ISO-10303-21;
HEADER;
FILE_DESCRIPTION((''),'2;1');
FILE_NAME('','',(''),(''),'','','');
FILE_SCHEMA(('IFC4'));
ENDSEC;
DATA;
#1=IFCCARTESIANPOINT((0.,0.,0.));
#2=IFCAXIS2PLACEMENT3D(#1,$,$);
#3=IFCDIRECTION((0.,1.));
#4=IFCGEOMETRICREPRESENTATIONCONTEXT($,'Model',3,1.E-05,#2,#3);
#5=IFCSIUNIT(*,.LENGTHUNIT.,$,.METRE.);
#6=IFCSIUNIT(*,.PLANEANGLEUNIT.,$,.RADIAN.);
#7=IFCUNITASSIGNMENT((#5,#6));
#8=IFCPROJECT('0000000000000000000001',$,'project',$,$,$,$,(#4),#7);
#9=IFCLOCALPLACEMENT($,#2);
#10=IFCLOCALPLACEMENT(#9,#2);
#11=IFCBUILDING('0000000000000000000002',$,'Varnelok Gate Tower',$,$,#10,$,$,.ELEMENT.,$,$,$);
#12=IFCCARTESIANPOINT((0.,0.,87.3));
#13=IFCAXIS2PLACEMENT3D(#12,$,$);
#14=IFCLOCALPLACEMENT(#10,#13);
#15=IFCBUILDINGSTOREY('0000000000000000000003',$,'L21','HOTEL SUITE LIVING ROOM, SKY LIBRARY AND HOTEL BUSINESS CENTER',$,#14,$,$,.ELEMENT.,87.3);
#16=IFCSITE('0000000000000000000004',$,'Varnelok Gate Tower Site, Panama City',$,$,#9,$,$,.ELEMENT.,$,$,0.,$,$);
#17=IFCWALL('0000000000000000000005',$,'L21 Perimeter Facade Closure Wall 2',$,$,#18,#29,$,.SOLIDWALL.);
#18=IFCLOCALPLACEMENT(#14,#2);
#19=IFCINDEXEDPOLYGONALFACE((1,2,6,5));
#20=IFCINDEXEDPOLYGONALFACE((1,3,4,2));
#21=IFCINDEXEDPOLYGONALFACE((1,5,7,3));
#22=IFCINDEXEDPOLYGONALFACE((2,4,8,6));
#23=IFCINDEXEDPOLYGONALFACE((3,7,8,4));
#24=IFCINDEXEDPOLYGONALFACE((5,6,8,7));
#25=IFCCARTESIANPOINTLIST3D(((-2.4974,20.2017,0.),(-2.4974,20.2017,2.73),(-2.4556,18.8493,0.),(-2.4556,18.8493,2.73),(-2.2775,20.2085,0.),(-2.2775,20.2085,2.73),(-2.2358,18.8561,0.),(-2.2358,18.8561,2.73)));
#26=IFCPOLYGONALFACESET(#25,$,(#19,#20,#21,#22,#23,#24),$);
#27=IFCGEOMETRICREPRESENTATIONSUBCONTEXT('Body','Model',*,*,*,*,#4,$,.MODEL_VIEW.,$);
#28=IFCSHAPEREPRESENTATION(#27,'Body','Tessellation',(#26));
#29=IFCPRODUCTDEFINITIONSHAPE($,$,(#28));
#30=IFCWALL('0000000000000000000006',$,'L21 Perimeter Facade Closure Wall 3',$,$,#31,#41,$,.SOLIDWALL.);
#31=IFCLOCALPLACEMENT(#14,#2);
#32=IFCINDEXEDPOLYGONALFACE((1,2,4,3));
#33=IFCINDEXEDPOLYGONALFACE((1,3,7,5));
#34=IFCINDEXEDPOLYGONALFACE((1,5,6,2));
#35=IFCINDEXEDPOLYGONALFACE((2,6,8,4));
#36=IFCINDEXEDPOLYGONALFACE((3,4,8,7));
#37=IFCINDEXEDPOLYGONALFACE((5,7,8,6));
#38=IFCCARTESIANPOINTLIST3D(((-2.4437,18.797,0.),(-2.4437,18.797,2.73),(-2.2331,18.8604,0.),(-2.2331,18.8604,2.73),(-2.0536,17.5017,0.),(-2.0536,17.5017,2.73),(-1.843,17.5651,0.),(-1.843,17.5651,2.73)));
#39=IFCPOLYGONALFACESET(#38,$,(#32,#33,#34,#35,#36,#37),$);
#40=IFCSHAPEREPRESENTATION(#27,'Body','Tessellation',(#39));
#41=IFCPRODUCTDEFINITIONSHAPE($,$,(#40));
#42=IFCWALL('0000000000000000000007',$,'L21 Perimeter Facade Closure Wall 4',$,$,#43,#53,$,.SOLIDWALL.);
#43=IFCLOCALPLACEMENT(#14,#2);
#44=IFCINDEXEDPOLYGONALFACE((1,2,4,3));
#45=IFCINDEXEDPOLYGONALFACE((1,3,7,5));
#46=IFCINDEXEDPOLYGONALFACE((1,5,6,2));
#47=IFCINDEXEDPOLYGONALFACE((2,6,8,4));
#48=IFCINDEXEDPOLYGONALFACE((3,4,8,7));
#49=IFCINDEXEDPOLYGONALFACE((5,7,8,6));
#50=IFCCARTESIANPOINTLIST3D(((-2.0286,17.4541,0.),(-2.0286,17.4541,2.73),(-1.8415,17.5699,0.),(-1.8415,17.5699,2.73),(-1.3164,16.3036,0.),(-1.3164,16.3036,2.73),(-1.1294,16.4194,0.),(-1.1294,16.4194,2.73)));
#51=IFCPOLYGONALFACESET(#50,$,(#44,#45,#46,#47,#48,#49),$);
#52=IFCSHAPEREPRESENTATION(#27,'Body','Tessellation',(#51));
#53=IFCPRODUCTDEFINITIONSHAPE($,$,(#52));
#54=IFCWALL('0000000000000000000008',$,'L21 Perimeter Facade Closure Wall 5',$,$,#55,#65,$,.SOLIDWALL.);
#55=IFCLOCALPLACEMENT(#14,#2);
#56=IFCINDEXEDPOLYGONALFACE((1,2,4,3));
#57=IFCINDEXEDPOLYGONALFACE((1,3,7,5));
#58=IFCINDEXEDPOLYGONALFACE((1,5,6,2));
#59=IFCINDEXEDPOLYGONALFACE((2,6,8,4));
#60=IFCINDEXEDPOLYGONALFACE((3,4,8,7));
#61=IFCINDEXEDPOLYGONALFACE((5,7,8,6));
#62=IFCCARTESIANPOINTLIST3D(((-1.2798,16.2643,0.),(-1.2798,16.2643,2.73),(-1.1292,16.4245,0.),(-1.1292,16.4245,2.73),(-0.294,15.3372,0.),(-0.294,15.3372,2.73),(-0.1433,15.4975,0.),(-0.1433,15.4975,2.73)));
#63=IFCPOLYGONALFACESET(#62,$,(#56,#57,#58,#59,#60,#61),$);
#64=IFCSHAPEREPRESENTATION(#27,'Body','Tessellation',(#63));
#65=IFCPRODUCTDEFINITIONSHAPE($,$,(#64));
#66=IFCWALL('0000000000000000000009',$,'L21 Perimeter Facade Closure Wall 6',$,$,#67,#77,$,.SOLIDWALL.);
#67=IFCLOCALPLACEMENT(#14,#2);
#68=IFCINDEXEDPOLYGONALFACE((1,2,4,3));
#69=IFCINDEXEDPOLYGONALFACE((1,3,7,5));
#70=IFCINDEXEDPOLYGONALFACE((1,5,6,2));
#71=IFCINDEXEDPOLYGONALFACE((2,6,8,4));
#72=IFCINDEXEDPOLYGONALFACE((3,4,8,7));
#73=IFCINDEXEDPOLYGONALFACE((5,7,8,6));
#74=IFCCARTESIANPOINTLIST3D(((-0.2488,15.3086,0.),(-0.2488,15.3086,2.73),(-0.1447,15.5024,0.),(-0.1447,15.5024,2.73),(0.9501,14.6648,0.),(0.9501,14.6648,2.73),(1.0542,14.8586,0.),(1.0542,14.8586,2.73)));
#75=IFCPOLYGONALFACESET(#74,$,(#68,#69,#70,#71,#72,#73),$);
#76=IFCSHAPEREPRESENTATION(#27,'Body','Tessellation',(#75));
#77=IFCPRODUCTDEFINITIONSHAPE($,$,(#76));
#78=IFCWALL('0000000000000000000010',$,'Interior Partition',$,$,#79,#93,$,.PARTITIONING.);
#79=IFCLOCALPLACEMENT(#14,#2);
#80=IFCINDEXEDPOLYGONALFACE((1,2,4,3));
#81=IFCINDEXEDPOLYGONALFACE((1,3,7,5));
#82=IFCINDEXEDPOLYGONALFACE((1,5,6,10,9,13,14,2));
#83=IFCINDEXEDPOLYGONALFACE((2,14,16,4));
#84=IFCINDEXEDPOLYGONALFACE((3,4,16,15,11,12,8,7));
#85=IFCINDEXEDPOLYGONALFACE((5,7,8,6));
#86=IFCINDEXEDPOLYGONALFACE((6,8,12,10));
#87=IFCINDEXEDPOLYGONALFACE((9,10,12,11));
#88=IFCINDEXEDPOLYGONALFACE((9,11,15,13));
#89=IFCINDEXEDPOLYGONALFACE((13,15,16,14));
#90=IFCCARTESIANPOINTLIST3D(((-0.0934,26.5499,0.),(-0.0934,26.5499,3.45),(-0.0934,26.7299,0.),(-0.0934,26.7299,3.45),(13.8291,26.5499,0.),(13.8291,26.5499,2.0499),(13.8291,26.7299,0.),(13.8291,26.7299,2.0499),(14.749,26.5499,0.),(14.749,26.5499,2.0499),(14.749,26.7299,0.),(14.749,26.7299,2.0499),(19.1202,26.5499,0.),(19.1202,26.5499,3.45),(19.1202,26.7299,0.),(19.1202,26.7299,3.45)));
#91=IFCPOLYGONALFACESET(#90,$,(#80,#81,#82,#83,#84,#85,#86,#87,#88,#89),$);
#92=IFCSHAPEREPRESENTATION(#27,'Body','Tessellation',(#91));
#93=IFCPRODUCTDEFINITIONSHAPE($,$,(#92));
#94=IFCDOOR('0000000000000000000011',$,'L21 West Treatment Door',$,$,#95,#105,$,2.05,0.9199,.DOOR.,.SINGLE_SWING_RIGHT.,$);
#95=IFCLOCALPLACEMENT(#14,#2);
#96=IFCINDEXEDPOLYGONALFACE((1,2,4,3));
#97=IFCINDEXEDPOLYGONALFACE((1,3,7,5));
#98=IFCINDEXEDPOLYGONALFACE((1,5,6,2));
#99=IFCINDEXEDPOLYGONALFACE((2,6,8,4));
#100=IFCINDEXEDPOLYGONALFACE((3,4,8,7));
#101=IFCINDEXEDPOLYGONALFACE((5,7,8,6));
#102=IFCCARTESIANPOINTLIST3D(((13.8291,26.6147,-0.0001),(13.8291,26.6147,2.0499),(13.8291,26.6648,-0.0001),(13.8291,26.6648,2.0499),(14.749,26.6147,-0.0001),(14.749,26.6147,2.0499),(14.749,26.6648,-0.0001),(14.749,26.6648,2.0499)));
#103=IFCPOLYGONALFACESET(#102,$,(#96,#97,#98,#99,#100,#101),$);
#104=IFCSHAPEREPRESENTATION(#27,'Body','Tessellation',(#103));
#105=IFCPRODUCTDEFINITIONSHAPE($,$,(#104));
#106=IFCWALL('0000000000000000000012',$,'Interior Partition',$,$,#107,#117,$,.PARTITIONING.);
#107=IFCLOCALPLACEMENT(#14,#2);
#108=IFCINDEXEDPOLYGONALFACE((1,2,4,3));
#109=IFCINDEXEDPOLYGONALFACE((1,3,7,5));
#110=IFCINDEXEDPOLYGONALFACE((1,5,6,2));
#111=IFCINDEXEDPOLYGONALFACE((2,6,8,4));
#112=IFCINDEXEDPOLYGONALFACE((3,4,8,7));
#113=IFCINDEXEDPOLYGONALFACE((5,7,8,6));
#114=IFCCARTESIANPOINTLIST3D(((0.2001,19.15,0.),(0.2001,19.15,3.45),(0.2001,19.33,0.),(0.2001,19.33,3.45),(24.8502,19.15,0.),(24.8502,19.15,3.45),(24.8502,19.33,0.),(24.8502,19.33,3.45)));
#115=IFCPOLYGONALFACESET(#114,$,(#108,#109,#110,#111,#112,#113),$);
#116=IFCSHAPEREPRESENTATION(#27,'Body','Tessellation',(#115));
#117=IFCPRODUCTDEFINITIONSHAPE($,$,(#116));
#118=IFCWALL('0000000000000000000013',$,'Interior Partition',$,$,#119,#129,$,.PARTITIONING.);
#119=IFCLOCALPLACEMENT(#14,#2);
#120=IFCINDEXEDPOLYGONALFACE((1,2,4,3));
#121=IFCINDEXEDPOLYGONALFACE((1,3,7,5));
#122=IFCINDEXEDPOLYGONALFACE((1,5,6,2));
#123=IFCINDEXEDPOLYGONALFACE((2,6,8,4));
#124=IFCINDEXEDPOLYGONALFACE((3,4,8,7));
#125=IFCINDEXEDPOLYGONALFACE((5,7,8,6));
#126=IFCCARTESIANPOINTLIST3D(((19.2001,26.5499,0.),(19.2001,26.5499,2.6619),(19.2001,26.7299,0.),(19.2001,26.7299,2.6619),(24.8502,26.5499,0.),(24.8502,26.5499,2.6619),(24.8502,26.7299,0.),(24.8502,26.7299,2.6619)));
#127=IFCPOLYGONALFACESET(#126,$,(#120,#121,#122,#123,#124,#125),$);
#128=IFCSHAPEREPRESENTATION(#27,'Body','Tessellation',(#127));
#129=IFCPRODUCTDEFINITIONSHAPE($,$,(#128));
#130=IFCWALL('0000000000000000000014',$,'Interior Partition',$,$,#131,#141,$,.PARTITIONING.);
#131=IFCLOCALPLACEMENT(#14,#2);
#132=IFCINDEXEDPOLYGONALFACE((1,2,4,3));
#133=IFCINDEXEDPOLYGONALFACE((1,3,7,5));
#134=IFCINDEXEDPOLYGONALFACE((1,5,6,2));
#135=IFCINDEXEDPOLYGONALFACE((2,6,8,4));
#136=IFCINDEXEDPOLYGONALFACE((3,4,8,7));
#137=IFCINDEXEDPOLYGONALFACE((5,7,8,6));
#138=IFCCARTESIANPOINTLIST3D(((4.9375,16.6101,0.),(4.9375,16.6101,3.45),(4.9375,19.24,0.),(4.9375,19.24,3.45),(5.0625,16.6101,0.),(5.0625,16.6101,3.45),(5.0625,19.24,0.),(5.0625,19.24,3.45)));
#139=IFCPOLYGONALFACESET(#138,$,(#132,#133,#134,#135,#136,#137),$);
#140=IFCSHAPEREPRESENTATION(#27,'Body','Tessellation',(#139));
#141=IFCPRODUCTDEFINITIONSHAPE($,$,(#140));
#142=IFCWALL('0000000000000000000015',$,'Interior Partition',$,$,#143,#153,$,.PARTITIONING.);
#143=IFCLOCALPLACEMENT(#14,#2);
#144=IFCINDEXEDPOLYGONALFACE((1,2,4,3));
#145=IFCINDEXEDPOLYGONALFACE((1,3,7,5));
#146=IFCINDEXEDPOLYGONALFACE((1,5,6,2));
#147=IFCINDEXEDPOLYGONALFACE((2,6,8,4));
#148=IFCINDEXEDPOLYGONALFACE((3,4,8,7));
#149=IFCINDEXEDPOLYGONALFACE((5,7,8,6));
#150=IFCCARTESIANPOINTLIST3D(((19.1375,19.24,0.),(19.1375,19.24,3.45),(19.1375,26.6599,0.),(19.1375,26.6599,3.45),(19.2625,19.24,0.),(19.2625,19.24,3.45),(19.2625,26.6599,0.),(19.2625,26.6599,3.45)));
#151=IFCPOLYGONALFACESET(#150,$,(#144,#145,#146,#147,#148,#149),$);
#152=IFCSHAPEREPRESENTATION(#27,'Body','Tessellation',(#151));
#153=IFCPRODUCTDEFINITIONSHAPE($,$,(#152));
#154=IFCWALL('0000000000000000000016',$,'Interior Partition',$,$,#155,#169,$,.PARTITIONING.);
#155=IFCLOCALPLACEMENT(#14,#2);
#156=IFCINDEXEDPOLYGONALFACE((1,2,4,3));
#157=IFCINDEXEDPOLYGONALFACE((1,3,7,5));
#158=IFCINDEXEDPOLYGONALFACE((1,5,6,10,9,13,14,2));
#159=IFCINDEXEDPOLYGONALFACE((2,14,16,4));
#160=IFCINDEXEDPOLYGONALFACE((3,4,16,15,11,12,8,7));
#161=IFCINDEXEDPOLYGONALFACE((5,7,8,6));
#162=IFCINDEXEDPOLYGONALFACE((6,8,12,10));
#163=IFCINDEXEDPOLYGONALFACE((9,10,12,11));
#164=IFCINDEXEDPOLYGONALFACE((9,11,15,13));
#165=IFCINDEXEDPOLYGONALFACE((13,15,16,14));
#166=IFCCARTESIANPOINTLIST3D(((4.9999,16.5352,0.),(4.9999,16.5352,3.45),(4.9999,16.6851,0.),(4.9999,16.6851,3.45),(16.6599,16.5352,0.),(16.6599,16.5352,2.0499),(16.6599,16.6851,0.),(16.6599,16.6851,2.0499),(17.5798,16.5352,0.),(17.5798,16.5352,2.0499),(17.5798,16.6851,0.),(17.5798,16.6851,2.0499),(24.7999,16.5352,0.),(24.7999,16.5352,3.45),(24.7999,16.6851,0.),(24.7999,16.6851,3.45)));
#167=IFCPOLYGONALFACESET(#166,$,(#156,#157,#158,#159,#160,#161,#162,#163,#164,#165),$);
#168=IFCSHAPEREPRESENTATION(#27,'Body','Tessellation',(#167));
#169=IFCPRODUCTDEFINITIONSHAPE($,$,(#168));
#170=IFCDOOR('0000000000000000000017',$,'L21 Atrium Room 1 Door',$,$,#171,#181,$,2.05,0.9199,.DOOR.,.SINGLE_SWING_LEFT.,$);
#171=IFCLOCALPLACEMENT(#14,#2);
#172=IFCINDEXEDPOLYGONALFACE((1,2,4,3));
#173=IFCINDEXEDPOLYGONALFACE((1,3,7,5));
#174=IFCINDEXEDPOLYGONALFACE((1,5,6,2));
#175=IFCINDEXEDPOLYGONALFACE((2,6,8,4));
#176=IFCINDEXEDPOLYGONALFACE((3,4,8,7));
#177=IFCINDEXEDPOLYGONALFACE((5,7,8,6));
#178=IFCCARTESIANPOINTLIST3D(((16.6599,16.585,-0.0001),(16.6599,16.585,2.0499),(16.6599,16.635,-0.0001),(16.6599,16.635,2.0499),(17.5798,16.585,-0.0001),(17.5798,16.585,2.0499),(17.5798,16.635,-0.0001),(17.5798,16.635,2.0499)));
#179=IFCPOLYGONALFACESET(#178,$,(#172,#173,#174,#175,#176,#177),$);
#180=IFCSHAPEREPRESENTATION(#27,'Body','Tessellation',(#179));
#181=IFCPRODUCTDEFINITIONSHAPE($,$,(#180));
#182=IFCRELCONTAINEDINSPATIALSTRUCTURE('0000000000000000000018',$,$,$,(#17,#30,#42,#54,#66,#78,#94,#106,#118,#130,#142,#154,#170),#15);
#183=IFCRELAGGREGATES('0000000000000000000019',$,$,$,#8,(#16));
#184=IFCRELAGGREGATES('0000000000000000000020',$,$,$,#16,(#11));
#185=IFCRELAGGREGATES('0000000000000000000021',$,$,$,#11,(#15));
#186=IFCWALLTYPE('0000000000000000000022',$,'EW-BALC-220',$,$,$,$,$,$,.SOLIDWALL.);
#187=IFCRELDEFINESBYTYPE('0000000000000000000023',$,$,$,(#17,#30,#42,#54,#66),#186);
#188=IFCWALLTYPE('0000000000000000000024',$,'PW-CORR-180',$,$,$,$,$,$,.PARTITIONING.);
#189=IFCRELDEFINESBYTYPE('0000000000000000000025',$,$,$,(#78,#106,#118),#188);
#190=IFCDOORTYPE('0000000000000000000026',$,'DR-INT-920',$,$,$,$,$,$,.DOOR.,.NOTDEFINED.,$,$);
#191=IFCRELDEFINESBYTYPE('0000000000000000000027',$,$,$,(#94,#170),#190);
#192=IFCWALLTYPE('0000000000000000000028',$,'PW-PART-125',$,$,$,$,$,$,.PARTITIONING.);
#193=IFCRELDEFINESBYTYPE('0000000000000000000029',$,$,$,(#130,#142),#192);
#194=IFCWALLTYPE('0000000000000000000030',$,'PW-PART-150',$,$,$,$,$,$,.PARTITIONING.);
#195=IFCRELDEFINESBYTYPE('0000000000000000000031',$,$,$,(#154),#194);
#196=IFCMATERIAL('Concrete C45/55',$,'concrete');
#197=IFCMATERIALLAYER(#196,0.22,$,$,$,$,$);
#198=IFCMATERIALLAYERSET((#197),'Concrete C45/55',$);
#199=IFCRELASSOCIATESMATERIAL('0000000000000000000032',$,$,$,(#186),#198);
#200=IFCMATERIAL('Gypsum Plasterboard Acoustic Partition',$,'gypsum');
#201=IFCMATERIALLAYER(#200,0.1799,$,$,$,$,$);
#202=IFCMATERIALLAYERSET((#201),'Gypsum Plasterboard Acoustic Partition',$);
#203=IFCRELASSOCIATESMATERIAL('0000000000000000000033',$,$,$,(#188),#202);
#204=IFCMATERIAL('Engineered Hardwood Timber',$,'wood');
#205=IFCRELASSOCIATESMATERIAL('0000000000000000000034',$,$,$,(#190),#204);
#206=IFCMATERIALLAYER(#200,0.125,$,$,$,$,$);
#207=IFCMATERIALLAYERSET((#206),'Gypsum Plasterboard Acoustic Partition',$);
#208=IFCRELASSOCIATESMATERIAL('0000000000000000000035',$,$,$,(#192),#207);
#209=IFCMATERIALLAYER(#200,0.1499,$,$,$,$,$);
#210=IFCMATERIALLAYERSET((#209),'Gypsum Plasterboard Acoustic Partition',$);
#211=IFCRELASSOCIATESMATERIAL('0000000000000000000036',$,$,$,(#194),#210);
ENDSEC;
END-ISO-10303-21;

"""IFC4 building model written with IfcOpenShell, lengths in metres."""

from ifc_helpers import new_model, si_unit, direction, frame, frame_2d, origin, place, context, subcontext, project, spatial, rectangle, extrude, material, layer, layer_set, type_object, element, fill, save


model = new_model("IFC4")

# Units and contexts
model_context = context("Model", 3, precision=1e-05, world=origin(), true_north=direction((0.0, 1.0)))
body_context = subcontext(model_context, "Body", "Model", "MODEL_VIEW")
ifc_project = project(units=[si_unit("LENGTHUNIT", "METRE"), si_unit("PLANEANGLEUNIT", "RADIAN")], contexts=[model_context])

# Site, building, storey
site_placement = place(None, origin())
site = spatial("IfcSite", under=ifc_project, at=site_placement, Name="Varnelok Gate Tower Site, Panama City", CompositionType="ELEMENT", RefElevation=0.0)
building_placement = place(site_placement, origin())
building = spatial("IfcBuilding", under=site, at=building_placement, Name="Varnelok Gate Tower", CompositionType="ELEMENT")
storey_placement = place(building_placement, frame((0.0, 0.0, 87.3)))
storey = spatial("IfcBuildingStorey", under=building, at=storey_placement, Name="L21", Description="HOTEL SUITE LIVING ROOM, SKY LIBRARY AND HOTEL BUSINESS CENTER", CompositionType="ELEMENT", Elevation=87.3)

# Walls
ifc_material_1 = material(Name="Concrete C45/55", Category="concrete")
ifc_layer_1 = layer(ifc_material_1, 0.22)
ifc_layer_set_1 = layer_set([ifc_layer_1], Name="Concrete C45/55")
wall_type_1 = type_object("IfcWallType", Name="EW-BALC-220", PredefinedType="SOLIDWALL", material=ifc_layer_set_1)
wall_1_placement = place(storey_placement, frame((-2.3875, 20.2051, 0.0), z_axis=(0.0, 0.0, 1.0), x_axis=(0.030857, -0.999524, 0.0)))
element("IfcWall", 1, at=wall_1_placement, inside=storey, type_object=wall_type_1, Name="L21 Perimeter Facade Closure Wall 2", PredefinedType="SOLIDWALL", context=body_context, shape_type="SweptSolid", body=[
    extrude(rectangle(XDim=1.353, YDim=0.22, at=frame_2d((0.6765, 0.0))), origin(), (0.0, 0.0, 1.0), 2.73),
])
wall_2_placement = place(storey_placement, frame((-2.3384, 18.8286, 0.0), z_axis=(0.0, 0.0, 1.0), x_axis=(0.288374, -0.957518, 0.0)))
element("IfcWall", 2, at=wall_2_placement, inside=storey, type_object=wall_type_1, Name="L21 Perimeter Facade Closure Wall 3", PredefinedType="SOLIDWALL", context=body_context, shape_type="SweptSolid", body=[
    extrude(rectangle(XDim=1.3528, YDim=0.22, at=frame_2d((0.6763, 0.0))), origin(), (0.0, 0.0, 1.0), 2.73),
])
wall_3_placement = place(storey_placement, frame((-1.9351, 17.512, 0.0), z_axis=(0.0, 0.0, 1.0), x_axis=(0.526361, -0.850261, 0.0)))
element("IfcWall", 3, at=wall_3_placement, inside=storey, type_object=wall_type_1, Name="L21 Perimeter Facade Closure Wall 4", PredefinedType="SOLIDWALL", context=body_context, shape_type="SweptSolid", body=[
    extrude(rectangle(XDim=1.353, YDim=0.22, at=frame_2d((0.6765, 0.0))), origin(), (0.0, 0.0, 1.0), 2.73),
])
wall_4_placement = place(storey_placement, frame((-1.2046, 16.3445, 0.0), z_axis=(0.0, 0.0, 1.0), x_axis=(0.728512, -0.685033, 0.0)))
element("IfcWall", 4, at=wall_4_placement, inside=storey, type_object=wall_type_1, Name="L21 Perimeter Facade Closure Wall 5", PredefinedType="SOLIDWALL", context=body_context, shape_type="SweptSolid", body=[
    extrude(rectangle(XDim=1.3533, YDim=0.22, at=frame_2d((0.6768, 0.0))), origin(), (0.0, 0.0, 1.0), 2.73),
])
wall_5_placement = place(storey_placement, frame((-0.1968, 15.4055, 0.0), z_axis=(0.0, 0.0, 1.0), x_axis=(0.881024, -0.473072, 0.0)))
element("IfcWall", 5, at=wall_5_placement, inside=storey, type_object=wall_type_1, Name="L21 Perimeter Facade Closure Wall 6", PredefinedType="SOLIDWALL", context=body_context, shape_type="SweptSolid", body=[
    extrude(rectangle(XDim=1.3608, YDim=0.22, at=frame_2d((0.6804, 0.0))), origin(), (0.0, 0.0, 1.0), 2.73),
])

# Wall, opening, door
ifc_material_2 = material(Name="Gypsum Plasterboard Acoustic Partition", Category="gypsum")
ifc_layer_2 = layer(ifc_material_2, 0.1799)
ifc_layer_set_2 = layer_set([ifc_layer_2], Name="Gypsum Plasterboard Acoustic Partition")
wall_type_2 = type_object("IfcWallType", Name="PW-CORR-180", PredefinedType="PARTITIONING", material=ifc_layer_set_2)
wall_6_placement = place(storey_placement, frame((-0.0935, 26.6399, 0.0), z_axis=(0.0, 0.0, 1.0), x_axis=(1.0, 0.0, 0.0)))
wall_6 = element("IfcWall", 6, at=wall_6_placement, inside=storey, type_object=wall_type_2, Name="Interior Partition", PredefinedType="PARTITIONING", context=body_context, shape_type="SweptSolid", body=[
    extrude(rectangle(XDim=19.2136, YDim=0.1799, at=frame_2d((9.6069, 0.0))), origin(), (0.0, 0.0, 1.0), 3.45),
])
opening_1_placement = place(wall_6_placement, frame((13.9226, 0.0, 0.0)))
opening_1 = element("IfcOpeningElement", 7, at=opening_1_placement, cuts=wall_6, PredefinedType="OPENING", context=body_context, shape_type="SweptSolid", body=[
    extrude(rectangle(XDim=0.9199, YDim=2.05, at=frame_2d((0.46, 1.0249))), frame((0.0, 0.0999, 0.0), z_axis=(0.0, -1.0, 0.0), x_axis=(1.0, 0.0, 0.0)), (0.0, 0.0, 1.0), 0.2),
])
ifc_material_3 = material(Name="Engineered Hardwood Timber", Category="wood")
door_type = type_object("IfcDoorType", Name="DR-INT-920", OperationType="NOTDEFINED", PredefinedType="DOOR", material=ifc_material_3)
door_1_placement = place(opening_1_placement, origin())
door_1 = element("IfcDoor", 8, at=door_1_placement, inside=storey, type_object=door_type, Name="L21 West Treatment Door", OperationType="SINGLE_SWING_RIGHT", OverallHeight=2.05, OverallWidth=0.9199, PredefinedType="DOOR", context=body_context, shape_type="SweptSolid", body=[
    extrude(rectangle(XDim=0.9199, YDim=2.05, at=frame_2d((0.46, 1.0249))), frame((0.0, 0.0249, 0.0), z_axis=(0.0, -1.0, 0.0), x_axis=(1.0, 0.0, 0.0)), (0.0, 0.0, 1.0), 0.05),
])
fill(opening_1, door_1)

# Walls
wall_7_placement = place(storey_placement, frame((0.2, 19.24, 0.0), z_axis=(0.0, 0.0, 1.0), x_axis=(1.0, 0.0, 0.0)))
element("IfcWall", 9, at=wall_7_placement, inside=storey, type_object=wall_type_2, Name="Interior Partition", PredefinedType="PARTITIONING", context=body_context, shape_type="SweptSolid", body=[
    extrude(rectangle(XDim=24.6501, YDim=0.1799, at=frame_2d((12.3252, 0.0))), origin(), (0.0, 0.0, 1.0), 3.45),
])
wall_8_placement = place(storey_placement, frame((19.2, 26.6399, 0.0), z_axis=(0.0, 0.0, 1.0), x_axis=(1.0, 0.0, 0.0)))
element("IfcWall", 10, at=wall_8_placement, inside=storey, type_object=wall_type_2, Name="Interior Partition", PredefinedType="PARTITIONING", context=body_context, shape_type="SweptSolid", body=[
    extrude(rectangle(XDim=5.6501, YDim=0.1799, at=frame_2d((2.8252, 0.0))), origin(), (0.0, 0.0, 1.0), 2.6619),
])
ifc_layer_3 = layer(ifc_material_2, 0.125)
ifc_layer_set_3 = layer_set([ifc_layer_3], Name="Gypsum Plasterboard Acoustic Partition")
wall_type_3 = type_object("IfcWallType", Name="PW-PART-125", PredefinedType="PARTITIONING", material=ifc_layer_set_3)
wall_9_placement = place(storey_placement, frame((5.0, 16.6101, 0.0), z_axis=(0.0, 0.0, 1.0), x_axis=(0.0, 1.0, 0.0)))
element("IfcWall", 11, at=wall_9_placement, inside=storey, type_object=wall_type_3, Name="Interior Partition", PredefinedType="PARTITIONING", context=body_context, shape_type="SweptSolid", body=[
    extrude(rectangle(XDim=2.6299, YDim=0.125, at=frame_2d((1.3149, 0.0))), origin(), (0.0, 0.0, 1.0), 3.45),
])
wall_10_placement = place(storey_placement, frame((19.2, 19.24, 0.0), z_axis=(0.0, 0.0, 1.0), x_axis=(0.0, 1.0, 0.0)))
element("IfcWall", 12, at=wall_10_placement, inside=storey, type_object=wall_type_3, Name="Interior Partition", PredefinedType="PARTITIONING", context=body_context, shape_type="SweptSolid", body=[
    extrude(rectangle(XDim=7.4199, YDim=0.125, at=frame_2d((3.71, 0.0))), origin(), (0.0, 0.0, 1.0), 3.45),
])

# Wall, opening, door
ifc_layer_4 = layer(ifc_material_2, 0.1499)
ifc_layer_set_4 = layer_set([ifc_layer_4], Name="Gypsum Plasterboard Acoustic Partition")
wall_type_4 = type_object("IfcWallType", Name="PW-PART-150", PredefinedType="PARTITIONING", material=ifc_layer_set_4)
wall_11_placement = place(storey_placement, frame((5.0, 16.6101, 0.0), z_axis=(0.0, 0.0, 1.0), x_axis=(1.0, 0.0, 0.0)))
wall_11 = element("IfcWall", 13, at=wall_11_placement, inside=storey, type_object=wall_type_4, Name="Interior Partition", PredefinedType="PARTITIONING", context=body_context, shape_type="SweptSolid", body=[
    extrude(rectangle(XDim=19.8, YDim=0.1499, at=frame_2d((9.8999, 0.0))), origin(), (0.0, 0.0, 1.0), 3.45),
])
opening_2_placement = place(wall_11_placement, frame((11.6599, 0.0, 0.0)))
opening_2 = element("IfcOpeningElement", 14, at=opening_2_placement, cuts=wall_11, PredefinedType="OPENING", context=body_context, shape_type="SweptSolid", body=[
    extrude(rectangle(XDim=0.9199, YDim=2.05, at=frame_2d((0.46, 1.0249))), frame((0.0, 0.085, 0.0), z_axis=(0.0, -1.0, 0.0), x_axis=(1.0, 0.0, 0.0)), (0.0, 0.0, 1.0), 0.1699),
])
door_2_placement = place(opening_2_placement, origin())
door_2 = element("IfcDoor", 15, at=door_2_placement, inside=storey, type_object=door_type, Name="L21 Atrium Room 1 Door", OperationType="SINGLE_SWING_LEFT", OverallHeight=2.05, OverallWidth=0.9199, PredefinedType="DOOR", context=body_context, shape_type="SweptSolid", body=[
    extrude(rectangle(XDim=0.9199, YDim=2.05, at=frame_2d((0.46, 1.0249))), frame((0.0, 0.0249, 0.0), z_axis=(0.0, -1.0, 0.0), x_axis=(1.0, 0.0, 0.0)), (0.0, 0.0, 1.0), 0.05),
])
fill(opening_2, door_2)

save(model, "model.ifc")
